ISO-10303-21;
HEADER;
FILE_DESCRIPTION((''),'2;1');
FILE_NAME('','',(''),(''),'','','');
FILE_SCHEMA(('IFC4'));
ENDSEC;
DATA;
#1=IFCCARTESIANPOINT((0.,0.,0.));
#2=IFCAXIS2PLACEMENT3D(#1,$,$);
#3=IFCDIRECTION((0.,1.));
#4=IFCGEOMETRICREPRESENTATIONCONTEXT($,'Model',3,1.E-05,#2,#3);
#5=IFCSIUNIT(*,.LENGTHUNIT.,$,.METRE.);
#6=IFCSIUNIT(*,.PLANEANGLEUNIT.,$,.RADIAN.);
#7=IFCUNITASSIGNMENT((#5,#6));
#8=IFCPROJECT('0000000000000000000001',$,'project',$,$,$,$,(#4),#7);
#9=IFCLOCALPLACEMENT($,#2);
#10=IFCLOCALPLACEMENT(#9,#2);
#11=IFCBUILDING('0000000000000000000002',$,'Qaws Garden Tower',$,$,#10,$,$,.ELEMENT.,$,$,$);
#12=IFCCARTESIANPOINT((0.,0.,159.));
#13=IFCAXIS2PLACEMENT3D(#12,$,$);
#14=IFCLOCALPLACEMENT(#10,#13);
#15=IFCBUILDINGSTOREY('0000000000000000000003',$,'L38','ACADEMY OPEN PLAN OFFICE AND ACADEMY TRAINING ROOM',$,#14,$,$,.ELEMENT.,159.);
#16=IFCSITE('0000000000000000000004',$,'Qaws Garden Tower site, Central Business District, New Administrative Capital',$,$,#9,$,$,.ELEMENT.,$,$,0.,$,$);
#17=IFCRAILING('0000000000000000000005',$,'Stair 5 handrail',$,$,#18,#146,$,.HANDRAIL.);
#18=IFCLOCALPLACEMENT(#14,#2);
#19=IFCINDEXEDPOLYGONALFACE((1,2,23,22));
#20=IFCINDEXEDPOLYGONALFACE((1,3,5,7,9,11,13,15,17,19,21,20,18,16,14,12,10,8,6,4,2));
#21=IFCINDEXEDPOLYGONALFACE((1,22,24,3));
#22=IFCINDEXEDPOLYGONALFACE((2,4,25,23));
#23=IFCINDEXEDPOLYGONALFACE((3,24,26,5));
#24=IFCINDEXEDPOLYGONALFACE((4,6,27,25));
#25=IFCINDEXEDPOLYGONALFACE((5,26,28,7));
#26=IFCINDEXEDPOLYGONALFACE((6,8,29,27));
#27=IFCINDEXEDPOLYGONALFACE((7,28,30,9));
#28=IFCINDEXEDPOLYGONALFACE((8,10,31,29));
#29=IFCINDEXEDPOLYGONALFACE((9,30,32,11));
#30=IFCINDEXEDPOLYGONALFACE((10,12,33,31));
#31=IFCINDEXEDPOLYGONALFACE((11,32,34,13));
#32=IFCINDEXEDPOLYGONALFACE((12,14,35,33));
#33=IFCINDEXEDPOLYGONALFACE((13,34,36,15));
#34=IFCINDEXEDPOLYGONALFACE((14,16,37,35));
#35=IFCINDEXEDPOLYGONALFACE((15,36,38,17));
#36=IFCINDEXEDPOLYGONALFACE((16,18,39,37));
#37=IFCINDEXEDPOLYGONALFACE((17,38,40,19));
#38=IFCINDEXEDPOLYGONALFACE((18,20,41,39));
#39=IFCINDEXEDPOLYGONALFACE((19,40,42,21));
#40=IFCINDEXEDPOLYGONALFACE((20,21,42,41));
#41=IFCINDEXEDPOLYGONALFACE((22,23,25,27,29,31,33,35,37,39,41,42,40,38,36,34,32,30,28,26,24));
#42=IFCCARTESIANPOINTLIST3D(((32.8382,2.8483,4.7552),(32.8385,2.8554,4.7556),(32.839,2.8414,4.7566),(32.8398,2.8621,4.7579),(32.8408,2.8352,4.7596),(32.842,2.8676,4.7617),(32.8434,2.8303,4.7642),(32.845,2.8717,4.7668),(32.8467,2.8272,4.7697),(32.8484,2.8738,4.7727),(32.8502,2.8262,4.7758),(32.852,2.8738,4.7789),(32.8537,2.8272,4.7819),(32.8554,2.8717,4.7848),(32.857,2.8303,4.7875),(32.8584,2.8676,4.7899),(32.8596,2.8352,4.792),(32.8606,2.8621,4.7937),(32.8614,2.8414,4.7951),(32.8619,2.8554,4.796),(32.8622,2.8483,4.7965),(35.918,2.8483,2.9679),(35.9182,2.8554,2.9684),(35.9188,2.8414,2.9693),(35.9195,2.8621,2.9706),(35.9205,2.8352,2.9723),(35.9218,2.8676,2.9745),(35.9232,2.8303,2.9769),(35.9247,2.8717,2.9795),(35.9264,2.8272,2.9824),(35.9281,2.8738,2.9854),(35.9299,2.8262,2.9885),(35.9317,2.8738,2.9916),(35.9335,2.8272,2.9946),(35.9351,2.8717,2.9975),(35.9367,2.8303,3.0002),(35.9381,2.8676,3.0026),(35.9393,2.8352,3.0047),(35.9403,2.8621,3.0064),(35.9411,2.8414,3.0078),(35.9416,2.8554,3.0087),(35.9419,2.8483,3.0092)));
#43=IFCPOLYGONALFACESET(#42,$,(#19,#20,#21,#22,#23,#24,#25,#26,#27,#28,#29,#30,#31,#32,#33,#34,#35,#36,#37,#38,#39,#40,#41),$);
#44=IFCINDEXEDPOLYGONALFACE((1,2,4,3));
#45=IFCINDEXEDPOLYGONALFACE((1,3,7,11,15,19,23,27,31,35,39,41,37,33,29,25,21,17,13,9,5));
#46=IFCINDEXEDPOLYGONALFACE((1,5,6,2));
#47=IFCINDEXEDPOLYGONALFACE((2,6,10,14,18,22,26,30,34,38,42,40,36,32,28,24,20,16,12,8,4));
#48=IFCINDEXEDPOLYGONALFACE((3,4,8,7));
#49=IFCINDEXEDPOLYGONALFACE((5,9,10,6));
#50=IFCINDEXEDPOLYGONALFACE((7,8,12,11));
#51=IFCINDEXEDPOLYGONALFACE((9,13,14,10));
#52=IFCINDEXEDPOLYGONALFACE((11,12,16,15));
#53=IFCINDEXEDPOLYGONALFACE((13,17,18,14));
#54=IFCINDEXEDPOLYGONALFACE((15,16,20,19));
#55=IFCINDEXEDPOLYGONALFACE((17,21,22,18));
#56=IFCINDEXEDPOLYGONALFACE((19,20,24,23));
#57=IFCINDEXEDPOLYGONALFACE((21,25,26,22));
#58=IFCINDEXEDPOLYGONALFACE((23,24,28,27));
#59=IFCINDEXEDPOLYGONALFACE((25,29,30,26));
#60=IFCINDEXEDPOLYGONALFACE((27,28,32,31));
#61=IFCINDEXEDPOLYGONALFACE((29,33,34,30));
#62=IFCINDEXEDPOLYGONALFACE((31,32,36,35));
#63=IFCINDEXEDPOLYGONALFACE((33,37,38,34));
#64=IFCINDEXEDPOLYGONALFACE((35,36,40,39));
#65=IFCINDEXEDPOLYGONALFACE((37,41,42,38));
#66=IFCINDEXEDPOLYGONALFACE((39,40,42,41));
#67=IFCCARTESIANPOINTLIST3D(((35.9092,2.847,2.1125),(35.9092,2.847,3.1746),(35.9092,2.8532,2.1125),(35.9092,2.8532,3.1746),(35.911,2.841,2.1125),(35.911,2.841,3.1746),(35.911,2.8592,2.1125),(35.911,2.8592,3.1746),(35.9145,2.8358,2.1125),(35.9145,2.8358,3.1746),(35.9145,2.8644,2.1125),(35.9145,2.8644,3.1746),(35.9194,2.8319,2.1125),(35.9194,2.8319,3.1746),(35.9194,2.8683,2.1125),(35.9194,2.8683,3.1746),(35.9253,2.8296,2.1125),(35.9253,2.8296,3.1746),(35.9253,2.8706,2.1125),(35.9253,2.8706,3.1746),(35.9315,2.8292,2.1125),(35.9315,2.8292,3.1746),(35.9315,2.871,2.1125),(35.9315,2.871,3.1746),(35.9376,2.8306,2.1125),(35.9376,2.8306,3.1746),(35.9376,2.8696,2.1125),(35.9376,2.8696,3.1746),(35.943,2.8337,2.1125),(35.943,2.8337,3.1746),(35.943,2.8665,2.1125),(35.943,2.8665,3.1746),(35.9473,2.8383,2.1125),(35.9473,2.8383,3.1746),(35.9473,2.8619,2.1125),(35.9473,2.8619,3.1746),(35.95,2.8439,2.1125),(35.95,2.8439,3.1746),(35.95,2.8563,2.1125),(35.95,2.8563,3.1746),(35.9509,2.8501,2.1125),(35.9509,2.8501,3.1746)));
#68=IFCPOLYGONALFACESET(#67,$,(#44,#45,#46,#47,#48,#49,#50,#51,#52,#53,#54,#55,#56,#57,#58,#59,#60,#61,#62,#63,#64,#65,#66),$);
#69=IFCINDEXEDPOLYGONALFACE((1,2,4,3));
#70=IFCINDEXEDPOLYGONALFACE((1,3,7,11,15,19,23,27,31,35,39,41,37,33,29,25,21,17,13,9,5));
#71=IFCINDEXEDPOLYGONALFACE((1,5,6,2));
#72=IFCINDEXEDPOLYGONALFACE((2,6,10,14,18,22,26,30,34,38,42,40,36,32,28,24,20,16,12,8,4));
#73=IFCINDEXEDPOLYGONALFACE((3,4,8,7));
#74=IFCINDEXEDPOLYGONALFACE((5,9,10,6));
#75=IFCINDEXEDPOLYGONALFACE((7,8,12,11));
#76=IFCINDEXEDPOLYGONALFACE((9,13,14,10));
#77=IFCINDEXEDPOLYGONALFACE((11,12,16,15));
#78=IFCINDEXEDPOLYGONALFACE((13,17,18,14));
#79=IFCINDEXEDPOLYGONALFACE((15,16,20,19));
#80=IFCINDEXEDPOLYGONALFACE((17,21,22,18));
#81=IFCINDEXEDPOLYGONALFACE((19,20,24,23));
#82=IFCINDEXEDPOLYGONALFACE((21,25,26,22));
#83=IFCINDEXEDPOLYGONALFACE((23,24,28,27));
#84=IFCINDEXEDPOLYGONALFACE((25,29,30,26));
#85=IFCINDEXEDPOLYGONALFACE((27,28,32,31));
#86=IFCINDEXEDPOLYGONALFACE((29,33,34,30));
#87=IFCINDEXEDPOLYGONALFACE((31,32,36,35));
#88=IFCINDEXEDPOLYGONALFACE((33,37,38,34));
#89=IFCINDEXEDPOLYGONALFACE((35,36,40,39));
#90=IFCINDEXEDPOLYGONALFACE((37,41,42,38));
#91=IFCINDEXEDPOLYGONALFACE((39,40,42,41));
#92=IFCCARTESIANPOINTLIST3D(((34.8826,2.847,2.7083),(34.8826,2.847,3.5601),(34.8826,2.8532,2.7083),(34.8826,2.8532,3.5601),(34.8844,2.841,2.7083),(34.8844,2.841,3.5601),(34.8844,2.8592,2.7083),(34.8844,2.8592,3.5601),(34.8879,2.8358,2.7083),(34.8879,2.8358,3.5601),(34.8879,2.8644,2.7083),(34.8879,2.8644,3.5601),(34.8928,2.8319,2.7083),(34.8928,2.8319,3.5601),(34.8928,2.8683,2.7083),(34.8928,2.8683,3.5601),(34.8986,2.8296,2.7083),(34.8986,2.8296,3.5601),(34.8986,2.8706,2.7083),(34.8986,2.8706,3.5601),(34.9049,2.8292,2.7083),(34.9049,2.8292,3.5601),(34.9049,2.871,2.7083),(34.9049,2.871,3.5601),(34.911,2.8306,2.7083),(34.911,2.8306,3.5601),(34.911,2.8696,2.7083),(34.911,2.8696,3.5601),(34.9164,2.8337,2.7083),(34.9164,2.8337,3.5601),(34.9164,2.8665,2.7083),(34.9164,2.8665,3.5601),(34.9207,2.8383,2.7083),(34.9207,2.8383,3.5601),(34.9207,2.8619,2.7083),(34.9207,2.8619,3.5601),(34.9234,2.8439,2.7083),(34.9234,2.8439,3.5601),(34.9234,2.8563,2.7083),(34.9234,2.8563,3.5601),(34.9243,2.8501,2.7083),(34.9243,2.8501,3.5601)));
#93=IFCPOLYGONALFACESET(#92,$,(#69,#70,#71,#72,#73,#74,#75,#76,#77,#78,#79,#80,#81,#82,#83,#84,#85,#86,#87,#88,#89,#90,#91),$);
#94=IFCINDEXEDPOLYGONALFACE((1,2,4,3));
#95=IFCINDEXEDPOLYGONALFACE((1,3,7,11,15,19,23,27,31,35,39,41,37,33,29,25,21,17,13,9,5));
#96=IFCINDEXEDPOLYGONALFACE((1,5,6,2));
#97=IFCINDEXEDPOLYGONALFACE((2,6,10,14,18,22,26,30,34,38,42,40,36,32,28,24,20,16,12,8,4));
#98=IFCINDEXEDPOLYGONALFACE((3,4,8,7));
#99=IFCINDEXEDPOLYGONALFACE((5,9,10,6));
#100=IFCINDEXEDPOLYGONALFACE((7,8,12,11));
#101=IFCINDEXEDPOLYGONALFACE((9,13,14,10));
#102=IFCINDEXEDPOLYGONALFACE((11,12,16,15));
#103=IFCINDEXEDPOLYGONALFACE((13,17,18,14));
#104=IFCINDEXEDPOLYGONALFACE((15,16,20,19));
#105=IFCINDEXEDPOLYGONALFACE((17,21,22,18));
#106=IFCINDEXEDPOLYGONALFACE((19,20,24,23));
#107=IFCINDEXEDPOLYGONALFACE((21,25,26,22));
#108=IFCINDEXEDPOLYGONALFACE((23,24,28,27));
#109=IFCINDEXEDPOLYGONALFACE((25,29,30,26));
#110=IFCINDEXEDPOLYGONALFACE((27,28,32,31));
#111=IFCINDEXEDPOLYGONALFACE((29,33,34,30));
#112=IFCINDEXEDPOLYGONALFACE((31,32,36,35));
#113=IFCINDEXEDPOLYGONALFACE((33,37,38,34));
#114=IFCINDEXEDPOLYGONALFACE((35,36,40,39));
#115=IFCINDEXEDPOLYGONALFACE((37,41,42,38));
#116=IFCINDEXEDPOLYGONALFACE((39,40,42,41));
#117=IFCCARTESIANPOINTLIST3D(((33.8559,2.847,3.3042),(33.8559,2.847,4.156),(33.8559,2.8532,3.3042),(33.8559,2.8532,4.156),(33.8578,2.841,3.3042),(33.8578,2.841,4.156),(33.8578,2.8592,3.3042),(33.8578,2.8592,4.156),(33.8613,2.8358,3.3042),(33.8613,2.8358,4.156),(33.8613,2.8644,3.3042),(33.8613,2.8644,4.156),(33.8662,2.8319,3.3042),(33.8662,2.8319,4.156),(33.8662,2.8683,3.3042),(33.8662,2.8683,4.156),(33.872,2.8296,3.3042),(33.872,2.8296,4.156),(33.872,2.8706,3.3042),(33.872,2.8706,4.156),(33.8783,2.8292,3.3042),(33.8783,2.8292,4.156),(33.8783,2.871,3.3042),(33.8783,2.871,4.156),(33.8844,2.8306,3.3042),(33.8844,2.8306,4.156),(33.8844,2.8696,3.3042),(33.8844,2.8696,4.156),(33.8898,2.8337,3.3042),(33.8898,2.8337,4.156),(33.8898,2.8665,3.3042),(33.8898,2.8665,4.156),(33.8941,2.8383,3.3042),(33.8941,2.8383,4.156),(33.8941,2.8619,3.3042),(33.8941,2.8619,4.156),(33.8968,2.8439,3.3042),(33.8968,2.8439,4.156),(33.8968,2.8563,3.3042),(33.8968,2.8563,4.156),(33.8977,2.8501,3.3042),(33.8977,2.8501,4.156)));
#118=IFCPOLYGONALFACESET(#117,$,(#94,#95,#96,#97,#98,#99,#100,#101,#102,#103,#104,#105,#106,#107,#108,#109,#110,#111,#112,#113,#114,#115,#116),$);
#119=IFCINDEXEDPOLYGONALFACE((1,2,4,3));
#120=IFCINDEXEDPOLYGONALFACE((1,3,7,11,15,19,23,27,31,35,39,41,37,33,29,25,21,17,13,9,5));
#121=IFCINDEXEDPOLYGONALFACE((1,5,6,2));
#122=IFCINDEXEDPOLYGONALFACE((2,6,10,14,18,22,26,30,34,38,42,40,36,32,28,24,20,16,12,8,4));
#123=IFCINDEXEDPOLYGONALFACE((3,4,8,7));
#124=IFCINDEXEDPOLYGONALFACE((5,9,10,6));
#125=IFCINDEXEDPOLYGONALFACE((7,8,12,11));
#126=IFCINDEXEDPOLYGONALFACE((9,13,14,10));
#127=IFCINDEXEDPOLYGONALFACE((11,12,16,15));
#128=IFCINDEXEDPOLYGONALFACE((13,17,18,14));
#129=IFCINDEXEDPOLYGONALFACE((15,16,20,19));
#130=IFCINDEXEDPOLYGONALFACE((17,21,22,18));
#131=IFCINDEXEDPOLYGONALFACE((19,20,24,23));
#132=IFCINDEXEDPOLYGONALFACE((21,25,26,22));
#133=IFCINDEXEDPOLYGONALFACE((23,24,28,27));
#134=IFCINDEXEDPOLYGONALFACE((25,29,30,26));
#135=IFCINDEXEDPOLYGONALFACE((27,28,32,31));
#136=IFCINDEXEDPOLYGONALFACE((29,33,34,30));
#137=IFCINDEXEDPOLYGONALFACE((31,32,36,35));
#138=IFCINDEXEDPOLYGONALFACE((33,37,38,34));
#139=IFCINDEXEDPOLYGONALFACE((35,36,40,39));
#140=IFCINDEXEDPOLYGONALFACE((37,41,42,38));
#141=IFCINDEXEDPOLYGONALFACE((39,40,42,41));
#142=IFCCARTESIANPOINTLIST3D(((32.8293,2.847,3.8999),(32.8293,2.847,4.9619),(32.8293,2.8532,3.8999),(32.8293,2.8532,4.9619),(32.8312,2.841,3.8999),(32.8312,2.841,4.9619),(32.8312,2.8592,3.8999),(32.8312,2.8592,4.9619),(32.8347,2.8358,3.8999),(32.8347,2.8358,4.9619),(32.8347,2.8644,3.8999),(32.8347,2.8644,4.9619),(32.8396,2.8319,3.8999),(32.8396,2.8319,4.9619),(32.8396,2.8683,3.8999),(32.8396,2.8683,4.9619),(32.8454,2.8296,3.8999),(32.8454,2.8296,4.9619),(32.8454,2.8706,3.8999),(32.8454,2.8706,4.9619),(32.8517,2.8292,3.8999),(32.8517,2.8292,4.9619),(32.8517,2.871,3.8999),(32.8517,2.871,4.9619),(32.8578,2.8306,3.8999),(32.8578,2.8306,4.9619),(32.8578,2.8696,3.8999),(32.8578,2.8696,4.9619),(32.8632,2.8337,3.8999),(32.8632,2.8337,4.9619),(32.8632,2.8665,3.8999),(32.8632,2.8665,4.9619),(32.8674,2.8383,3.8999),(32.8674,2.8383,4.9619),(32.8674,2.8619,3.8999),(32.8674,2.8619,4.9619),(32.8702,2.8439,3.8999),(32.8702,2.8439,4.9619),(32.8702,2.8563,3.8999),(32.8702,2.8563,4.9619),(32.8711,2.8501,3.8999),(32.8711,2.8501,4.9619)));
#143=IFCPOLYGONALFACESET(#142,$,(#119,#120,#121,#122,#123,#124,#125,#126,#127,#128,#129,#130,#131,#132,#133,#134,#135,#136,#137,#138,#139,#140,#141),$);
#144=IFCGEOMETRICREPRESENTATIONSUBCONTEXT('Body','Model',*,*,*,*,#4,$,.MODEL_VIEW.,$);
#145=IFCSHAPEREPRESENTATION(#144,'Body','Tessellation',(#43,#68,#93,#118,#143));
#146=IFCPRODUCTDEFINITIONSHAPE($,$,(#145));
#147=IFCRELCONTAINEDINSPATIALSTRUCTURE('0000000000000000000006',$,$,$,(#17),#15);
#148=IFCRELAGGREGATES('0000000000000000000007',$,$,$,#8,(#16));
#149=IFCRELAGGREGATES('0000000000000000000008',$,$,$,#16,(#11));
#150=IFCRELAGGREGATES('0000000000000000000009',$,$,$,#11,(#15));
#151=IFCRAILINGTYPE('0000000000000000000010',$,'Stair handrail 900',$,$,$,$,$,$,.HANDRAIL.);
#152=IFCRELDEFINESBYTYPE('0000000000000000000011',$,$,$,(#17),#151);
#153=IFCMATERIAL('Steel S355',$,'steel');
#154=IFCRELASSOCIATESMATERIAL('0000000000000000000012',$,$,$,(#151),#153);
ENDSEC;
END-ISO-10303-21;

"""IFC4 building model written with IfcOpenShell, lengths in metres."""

from ifc_helpers import new_model, si_unit, direction, frame, origin, origin_2d, place, context, subcontext, project, spatial, circle, extrude, material, type_object, element, save


model = new_model("IFC4")

# Units and contexts
model_context = context("Model", 3, precision=1e-05, world=origin(), true_north=direction((0.0, 1.0)))
body_context = subcontext(model_context, "Body", "Model", "MODEL_VIEW")
ifc_project = project(units=[si_unit("LENGTHUNIT", "METRE"), si_unit("PLANEANGLEUNIT", "RADIAN")], contexts=[model_context])

# Site, building, storey
site_placement = place(None, origin())
site = spatial("IfcSite", under=ifc_project, at=site_placement, Name="Qaws Garden Tower site, Central Business District, New Administrative Capital", CompositionType="ELEMENT", RefElevation=0.0)
building_placement = place(site_placement, origin())
building = spatial("IfcBuilding", under=site, at=building_placement, Name="Qaws Garden Tower", CompositionType="ELEMENT")
storey_placement = place(building_placement, frame((0.0, 0.0, 159.0)))
storey = spatial("IfcBuildingStorey", under=building, at=storey_placement, Name="L38", Description="ACADEMY OPEN PLAN OFFICE AND ACADEMY TRAINING ROOM", CompositionType="ELEMENT", Elevation=159.0)

# Railing
ifc_material_1 = material(Name="Steel S355", Category="steel")
railing_type = type_object("IfcRailingType", Name="Stair handrail 900", PredefinedType="HANDRAIL", material=ifc_material_1)
railing_1_placement = place(storey_placement, frame((35.9299, 2.8501, 2.1125)))
element("IfcRailing", 1, at=railing_1_placement, inside=storey, type_object=railing_type, Name="Stair 5 handrail", PredefinedType="HANDRAIL", context=body_context, shape_type="SweptSolid", body=[
    extrude(circle(Radius=0.0239, at=origin_2d()), frame((0.0, 0.0, 0.876), z_axis=(-0.864903, 0.0, 0.501939), x_axis=(0.0, -1.0, 0.0)), (0.0, 0.0, 1.0), 3.5608),
    extrude(circle(Radius=0.021, at=origin_2d()), origin(), (0.0, 0.0, 1.0), 1.062),
    extrude(circle(Radius=0.021, at=origin_2d()), frame((-1.0266, 0.0, 0.5957)), (0.0, 0.0, 1.0), 0.8518),
    extrude(circle(Radius=0.021, at=origin_2d()), frame((-2.0532, 0.0, 1.1917)), (0.0, 0.0, 1.0), 0.8518),
    extrude(circle(Radius=0.021, at=origin_2d()), frame((-3.0798, 0.0, 1.7874)), (0.0, 0.0, 1.0), 1.062),
])

save(model, "model.ifc")
